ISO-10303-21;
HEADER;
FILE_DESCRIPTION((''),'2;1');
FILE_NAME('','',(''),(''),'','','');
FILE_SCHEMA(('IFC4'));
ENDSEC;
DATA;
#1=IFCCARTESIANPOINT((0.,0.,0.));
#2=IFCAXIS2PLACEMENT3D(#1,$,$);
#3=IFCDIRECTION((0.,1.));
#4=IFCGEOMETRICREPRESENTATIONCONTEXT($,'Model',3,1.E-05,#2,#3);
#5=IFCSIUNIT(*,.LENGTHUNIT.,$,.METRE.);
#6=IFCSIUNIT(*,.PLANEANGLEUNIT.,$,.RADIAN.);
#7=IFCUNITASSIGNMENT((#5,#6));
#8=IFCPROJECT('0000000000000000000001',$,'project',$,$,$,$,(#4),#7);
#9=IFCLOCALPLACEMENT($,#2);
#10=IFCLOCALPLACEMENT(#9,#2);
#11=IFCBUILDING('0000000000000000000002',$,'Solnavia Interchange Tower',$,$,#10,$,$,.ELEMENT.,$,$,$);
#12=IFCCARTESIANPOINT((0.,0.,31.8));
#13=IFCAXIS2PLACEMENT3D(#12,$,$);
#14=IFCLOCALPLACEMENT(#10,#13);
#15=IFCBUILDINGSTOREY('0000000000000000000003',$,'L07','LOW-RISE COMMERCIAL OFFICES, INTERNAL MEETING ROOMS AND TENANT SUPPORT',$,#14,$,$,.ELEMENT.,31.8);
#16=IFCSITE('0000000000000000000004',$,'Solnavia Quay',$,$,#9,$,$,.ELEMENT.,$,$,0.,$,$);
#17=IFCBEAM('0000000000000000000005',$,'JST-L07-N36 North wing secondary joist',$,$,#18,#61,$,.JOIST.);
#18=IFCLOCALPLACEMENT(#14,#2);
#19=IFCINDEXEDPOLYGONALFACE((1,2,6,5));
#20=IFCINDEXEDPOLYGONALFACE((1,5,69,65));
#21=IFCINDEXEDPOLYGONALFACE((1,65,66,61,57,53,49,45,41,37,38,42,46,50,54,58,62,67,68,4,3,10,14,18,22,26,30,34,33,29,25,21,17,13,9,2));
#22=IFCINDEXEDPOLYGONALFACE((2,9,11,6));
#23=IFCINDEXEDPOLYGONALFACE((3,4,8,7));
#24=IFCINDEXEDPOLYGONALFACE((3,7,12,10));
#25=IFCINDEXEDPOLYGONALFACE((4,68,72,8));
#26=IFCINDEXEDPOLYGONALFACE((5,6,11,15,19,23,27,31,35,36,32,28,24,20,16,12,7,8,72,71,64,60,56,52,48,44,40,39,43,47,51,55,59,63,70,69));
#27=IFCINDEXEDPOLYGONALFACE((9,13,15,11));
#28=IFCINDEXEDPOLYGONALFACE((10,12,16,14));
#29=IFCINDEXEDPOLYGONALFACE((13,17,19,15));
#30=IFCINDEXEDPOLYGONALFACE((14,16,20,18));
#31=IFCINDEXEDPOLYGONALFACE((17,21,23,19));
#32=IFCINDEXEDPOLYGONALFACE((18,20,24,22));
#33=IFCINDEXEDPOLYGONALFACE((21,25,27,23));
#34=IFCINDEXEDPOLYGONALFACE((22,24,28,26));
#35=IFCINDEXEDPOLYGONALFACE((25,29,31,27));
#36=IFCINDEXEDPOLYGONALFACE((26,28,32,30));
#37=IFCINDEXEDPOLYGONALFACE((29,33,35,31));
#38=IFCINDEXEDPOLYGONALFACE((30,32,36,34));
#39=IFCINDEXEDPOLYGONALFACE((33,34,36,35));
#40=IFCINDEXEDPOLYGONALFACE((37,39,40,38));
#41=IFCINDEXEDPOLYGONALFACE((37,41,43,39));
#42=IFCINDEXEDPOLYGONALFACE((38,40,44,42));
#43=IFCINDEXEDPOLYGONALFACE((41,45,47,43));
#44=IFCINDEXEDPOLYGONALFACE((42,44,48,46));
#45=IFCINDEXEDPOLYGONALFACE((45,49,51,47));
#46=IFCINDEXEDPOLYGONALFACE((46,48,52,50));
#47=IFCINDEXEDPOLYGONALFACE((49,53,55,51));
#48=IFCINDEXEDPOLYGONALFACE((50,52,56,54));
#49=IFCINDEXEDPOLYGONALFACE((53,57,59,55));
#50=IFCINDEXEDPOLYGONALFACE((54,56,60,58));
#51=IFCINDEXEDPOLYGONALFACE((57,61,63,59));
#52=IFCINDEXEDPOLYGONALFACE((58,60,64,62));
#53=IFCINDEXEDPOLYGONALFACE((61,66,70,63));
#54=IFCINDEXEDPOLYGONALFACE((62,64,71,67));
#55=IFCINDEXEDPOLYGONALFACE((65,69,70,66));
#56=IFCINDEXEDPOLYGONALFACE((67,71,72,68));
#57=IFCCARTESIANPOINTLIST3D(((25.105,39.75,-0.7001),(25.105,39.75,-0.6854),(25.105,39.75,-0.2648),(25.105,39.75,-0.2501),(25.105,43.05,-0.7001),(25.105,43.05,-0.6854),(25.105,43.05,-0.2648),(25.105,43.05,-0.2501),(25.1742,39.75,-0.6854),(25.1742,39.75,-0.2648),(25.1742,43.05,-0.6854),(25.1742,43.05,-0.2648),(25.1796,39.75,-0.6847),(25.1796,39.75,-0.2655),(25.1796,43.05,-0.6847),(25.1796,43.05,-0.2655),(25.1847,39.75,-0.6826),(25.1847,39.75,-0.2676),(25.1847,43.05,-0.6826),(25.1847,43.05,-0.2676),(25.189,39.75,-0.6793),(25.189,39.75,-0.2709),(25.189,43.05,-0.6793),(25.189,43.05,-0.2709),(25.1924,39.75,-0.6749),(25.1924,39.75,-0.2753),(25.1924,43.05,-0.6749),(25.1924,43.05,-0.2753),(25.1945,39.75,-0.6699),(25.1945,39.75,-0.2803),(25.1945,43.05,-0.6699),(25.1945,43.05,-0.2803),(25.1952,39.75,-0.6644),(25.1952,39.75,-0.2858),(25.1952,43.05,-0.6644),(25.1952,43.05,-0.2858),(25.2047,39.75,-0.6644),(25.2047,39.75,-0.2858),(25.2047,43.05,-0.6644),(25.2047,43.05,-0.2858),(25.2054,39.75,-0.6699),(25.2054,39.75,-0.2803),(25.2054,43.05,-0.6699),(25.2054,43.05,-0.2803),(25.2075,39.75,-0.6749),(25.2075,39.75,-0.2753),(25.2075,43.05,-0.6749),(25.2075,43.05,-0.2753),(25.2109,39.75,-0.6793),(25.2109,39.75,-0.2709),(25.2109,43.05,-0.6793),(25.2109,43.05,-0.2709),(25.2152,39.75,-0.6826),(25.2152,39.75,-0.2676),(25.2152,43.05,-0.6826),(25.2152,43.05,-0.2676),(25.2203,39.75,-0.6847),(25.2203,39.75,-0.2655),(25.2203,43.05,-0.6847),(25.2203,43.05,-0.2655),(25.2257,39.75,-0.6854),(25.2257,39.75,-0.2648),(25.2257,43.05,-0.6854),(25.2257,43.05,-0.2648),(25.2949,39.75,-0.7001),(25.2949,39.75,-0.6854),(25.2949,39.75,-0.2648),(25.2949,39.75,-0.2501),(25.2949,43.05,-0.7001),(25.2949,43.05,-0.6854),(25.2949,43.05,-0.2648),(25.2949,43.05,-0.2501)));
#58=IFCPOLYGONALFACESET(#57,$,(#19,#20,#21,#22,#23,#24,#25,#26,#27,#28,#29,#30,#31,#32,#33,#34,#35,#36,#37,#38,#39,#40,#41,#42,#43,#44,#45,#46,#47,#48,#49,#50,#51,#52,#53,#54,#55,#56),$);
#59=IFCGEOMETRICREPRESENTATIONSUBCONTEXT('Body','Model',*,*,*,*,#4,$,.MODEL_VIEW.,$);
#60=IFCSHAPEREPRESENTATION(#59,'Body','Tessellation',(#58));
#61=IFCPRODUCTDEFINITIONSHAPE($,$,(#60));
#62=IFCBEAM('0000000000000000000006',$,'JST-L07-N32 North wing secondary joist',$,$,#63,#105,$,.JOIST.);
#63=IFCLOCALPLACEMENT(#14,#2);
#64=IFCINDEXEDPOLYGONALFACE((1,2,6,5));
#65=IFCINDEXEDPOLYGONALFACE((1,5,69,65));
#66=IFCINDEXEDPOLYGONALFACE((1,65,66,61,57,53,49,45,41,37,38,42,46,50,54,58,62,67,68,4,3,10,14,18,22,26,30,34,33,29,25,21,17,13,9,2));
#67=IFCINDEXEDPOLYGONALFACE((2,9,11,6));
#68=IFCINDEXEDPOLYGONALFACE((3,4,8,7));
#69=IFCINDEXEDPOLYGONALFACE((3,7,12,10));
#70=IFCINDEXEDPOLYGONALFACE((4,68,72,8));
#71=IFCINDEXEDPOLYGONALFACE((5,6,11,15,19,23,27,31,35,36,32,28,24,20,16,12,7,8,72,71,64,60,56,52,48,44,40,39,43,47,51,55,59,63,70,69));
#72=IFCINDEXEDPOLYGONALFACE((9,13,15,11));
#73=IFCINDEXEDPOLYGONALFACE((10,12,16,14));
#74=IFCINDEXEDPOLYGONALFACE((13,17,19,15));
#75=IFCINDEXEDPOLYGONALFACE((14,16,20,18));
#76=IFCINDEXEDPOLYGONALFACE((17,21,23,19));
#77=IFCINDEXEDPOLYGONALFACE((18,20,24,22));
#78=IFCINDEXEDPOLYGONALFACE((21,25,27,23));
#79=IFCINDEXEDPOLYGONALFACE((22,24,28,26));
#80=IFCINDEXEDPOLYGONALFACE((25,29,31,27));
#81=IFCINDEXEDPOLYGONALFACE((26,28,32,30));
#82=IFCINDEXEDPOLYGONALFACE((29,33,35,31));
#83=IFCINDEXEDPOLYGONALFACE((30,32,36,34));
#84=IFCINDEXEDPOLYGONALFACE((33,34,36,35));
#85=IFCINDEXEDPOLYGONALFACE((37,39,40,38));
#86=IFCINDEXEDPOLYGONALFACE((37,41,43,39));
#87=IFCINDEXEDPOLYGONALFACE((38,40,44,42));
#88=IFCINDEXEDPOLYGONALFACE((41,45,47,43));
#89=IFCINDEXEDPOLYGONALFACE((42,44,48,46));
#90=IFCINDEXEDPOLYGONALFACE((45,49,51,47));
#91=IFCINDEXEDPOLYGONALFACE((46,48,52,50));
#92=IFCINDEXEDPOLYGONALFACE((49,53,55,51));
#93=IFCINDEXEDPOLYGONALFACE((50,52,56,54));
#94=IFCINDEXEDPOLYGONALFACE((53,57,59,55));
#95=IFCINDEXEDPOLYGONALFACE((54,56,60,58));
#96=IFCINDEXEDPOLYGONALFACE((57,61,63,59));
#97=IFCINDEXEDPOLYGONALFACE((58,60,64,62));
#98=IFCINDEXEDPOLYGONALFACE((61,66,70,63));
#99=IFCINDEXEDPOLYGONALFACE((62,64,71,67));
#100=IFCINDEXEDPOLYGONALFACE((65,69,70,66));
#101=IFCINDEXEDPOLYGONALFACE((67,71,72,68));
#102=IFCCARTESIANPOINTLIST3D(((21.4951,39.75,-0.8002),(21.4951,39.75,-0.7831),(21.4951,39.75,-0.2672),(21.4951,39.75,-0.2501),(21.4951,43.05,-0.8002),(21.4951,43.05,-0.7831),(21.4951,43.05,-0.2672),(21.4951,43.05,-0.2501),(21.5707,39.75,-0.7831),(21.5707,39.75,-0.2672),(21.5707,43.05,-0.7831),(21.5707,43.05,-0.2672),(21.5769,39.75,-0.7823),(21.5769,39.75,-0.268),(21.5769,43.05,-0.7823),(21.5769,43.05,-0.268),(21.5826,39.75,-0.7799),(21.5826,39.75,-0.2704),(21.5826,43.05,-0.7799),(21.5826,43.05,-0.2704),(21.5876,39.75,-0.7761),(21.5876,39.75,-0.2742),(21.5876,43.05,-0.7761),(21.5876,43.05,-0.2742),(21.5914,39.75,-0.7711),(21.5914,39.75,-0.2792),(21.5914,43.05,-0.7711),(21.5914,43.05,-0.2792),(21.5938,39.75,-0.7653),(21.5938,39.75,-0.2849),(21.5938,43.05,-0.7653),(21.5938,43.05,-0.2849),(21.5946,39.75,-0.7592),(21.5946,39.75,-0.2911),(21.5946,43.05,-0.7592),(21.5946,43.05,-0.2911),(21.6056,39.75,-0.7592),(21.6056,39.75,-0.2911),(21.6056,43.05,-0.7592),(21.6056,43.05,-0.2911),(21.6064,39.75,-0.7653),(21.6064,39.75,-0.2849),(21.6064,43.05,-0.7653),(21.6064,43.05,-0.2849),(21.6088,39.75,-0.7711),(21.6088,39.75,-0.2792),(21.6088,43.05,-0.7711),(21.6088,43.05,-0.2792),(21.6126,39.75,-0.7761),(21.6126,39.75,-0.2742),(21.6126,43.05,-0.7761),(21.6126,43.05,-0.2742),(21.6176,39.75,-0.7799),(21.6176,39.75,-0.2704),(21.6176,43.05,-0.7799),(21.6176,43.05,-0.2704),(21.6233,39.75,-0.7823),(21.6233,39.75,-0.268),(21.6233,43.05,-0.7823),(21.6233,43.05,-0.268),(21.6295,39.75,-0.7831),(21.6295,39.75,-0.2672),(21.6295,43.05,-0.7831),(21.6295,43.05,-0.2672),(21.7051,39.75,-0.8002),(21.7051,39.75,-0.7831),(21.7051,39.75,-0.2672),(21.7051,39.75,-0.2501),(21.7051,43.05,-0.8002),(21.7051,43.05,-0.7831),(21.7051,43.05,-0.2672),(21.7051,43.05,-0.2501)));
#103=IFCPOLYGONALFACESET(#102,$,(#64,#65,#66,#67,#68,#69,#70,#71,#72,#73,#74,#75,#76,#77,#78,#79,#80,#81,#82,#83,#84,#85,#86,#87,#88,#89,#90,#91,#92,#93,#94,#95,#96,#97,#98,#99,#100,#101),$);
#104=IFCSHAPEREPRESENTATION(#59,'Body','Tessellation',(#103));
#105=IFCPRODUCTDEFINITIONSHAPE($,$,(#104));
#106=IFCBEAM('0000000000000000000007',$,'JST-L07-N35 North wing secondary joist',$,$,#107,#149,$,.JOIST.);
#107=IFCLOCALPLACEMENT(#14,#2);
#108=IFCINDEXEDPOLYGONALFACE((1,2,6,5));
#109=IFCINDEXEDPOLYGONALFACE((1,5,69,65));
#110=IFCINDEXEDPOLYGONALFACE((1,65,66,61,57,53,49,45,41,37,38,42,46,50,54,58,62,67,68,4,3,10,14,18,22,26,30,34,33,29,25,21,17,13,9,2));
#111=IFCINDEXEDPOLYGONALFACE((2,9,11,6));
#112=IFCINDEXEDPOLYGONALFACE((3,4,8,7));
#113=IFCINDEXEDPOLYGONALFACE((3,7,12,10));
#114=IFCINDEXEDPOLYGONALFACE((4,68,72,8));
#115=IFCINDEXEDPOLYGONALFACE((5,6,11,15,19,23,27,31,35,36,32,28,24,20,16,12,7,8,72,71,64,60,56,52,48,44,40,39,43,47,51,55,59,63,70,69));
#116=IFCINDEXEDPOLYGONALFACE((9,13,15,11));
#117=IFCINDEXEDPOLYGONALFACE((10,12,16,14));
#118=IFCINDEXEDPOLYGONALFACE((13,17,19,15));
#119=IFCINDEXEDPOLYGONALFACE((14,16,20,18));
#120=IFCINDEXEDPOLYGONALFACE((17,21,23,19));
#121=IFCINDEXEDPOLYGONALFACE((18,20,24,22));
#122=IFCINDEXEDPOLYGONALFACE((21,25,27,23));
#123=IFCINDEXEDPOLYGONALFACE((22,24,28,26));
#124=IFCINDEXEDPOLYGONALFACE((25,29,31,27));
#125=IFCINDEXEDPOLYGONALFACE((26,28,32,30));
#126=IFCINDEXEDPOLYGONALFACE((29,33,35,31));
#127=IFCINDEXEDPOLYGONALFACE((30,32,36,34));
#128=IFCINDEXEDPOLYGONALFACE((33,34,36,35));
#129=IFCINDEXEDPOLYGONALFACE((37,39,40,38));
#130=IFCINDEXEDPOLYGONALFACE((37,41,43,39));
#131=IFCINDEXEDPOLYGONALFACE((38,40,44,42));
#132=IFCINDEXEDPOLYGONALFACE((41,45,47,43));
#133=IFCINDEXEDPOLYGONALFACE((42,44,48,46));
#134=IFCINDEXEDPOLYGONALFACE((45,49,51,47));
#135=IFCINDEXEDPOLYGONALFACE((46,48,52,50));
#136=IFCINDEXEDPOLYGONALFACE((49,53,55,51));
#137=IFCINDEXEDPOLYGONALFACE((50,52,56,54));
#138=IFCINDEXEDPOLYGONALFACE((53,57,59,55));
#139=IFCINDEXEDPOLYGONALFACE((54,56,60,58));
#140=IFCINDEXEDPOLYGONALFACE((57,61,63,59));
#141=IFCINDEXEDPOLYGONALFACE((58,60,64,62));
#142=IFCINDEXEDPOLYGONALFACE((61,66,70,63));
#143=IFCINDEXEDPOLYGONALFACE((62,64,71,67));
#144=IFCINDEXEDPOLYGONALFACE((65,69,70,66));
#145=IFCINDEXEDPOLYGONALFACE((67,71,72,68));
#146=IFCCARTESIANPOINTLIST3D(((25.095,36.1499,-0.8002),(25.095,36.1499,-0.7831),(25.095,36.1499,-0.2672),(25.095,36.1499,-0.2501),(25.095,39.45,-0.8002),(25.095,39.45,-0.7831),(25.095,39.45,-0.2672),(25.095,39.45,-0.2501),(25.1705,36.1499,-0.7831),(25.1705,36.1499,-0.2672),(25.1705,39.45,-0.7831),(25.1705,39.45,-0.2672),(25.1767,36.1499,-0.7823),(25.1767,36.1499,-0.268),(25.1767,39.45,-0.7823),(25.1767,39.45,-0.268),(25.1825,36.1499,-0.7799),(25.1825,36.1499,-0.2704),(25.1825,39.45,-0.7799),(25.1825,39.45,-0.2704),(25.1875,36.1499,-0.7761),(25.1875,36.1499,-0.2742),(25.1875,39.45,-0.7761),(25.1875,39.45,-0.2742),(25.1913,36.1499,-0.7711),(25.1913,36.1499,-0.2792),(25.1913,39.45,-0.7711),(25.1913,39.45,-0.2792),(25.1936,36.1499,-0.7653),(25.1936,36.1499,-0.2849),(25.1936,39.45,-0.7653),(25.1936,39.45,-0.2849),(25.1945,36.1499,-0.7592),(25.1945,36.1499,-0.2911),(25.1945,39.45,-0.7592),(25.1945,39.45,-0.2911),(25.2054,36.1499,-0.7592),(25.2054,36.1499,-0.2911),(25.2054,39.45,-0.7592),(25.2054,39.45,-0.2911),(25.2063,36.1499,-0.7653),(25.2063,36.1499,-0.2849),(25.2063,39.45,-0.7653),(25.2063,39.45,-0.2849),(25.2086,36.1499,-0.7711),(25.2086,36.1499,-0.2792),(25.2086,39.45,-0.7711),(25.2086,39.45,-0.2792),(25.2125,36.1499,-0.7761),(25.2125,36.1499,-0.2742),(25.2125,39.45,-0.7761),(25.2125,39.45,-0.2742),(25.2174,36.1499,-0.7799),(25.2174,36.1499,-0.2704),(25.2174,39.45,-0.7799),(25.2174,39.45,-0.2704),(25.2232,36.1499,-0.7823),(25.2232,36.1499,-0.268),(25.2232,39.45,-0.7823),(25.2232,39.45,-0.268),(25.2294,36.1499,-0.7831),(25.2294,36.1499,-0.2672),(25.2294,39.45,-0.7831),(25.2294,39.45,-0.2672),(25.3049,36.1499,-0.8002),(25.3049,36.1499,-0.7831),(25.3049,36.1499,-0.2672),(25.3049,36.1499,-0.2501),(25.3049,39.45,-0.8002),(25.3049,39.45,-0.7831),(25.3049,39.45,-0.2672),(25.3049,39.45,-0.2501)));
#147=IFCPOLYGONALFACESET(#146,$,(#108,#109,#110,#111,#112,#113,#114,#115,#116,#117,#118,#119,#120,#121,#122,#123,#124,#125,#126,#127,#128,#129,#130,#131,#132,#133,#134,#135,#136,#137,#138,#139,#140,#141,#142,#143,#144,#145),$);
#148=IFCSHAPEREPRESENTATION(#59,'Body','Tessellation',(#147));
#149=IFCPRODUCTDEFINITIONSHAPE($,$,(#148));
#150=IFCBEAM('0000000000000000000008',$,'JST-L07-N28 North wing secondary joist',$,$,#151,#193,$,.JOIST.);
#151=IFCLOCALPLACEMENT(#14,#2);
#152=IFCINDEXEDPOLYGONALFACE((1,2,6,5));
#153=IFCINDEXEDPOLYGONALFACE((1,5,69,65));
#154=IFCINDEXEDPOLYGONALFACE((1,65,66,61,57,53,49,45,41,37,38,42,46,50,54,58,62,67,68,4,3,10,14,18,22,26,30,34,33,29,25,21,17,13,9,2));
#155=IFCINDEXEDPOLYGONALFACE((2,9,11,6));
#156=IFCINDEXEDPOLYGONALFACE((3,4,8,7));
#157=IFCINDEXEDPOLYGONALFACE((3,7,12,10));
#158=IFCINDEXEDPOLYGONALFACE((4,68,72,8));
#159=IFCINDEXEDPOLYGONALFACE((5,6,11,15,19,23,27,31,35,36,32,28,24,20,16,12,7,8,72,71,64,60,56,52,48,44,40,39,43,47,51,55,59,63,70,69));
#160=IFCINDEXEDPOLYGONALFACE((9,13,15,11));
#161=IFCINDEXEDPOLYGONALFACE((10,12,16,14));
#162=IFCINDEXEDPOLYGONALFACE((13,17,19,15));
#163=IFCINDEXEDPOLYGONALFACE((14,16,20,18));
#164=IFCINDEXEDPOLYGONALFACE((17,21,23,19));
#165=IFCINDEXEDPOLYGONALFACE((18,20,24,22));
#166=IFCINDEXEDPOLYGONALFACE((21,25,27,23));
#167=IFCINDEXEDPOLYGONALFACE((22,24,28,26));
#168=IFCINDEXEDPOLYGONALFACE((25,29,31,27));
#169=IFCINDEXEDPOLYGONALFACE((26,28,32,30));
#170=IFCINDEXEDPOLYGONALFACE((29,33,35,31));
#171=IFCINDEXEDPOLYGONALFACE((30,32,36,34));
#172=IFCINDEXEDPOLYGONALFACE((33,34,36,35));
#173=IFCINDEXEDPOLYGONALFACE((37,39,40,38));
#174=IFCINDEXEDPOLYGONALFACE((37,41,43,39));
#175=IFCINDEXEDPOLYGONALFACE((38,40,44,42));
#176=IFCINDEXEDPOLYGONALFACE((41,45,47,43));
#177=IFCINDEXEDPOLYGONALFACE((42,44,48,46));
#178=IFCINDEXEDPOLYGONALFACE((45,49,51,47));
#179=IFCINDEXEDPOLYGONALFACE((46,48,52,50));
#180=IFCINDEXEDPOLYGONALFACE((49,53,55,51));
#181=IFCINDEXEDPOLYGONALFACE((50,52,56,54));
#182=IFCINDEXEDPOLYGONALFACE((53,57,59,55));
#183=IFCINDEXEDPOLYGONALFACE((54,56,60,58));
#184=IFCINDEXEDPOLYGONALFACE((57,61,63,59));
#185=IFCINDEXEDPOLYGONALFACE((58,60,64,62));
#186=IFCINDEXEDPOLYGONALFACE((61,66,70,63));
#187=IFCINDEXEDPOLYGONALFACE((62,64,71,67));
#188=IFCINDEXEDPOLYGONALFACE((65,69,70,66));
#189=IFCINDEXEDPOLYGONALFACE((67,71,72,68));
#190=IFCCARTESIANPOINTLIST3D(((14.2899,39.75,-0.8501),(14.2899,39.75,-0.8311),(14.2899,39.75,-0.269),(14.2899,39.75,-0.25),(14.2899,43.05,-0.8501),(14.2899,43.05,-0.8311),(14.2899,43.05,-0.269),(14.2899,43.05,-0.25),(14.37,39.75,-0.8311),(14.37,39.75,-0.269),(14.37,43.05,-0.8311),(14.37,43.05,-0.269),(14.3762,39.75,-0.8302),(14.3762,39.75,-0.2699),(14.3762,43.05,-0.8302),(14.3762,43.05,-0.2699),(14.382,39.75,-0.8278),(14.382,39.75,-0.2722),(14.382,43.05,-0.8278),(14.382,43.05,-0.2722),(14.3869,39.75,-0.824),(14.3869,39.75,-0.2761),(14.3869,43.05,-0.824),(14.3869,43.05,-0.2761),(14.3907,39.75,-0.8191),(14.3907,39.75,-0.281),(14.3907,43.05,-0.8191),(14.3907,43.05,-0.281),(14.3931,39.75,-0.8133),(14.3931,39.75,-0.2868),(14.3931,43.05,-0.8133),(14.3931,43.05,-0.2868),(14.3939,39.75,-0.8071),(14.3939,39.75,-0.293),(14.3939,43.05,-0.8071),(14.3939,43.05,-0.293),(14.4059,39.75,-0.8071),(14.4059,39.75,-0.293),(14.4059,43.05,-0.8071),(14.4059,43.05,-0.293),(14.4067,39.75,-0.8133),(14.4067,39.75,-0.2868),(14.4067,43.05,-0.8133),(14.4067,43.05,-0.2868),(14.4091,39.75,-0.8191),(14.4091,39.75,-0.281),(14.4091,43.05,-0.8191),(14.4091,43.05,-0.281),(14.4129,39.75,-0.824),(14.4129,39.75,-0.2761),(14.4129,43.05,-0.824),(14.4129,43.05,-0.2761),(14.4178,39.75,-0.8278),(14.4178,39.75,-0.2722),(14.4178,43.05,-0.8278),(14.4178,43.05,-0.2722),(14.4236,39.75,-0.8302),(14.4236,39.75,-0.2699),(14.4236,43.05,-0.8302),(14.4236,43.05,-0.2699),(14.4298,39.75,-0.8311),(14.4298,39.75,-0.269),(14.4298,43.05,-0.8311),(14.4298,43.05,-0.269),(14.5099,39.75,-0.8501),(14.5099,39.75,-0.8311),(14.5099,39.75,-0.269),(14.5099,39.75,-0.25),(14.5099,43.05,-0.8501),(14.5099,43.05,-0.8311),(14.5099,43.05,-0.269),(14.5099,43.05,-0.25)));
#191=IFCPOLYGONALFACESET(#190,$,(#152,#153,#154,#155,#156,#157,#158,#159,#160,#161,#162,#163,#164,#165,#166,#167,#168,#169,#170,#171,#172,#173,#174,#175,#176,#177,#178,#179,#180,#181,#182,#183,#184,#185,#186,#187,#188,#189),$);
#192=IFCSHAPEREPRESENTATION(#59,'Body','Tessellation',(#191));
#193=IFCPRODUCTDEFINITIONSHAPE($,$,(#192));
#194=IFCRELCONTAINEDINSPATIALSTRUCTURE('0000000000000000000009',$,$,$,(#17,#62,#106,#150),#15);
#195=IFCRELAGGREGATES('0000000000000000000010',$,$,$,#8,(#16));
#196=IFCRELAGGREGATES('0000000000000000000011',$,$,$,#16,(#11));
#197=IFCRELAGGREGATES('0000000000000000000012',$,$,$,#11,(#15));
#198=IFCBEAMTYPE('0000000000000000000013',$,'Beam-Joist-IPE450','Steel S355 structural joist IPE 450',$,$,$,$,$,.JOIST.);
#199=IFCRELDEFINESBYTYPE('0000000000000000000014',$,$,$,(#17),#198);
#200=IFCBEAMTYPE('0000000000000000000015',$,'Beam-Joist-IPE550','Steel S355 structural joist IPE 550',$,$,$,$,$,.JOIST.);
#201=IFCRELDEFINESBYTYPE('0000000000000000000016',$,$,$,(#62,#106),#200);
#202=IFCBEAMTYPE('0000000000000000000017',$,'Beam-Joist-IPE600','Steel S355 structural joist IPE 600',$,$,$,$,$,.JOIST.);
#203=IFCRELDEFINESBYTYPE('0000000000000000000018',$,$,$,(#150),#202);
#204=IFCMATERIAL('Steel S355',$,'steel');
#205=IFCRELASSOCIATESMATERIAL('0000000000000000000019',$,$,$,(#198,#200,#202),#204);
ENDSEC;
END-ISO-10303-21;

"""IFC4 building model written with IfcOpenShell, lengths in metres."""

from ifc_helpers import new_model, si_unit, direction, frame, origin, origin_2d, place, context, subcontext, project, spatial, i_section, extrude, material, material_profile, profile_set, type_object, element, save


model = new_model("IFC4")

# Units and contexts
model_context = context("Model", 3, precision=1e-05, world=origin(), true_north=direction((0.0, 1.0)))
body_context = subcontext(model_context, "Body", "Model", "MODEL_VIEW")
ifc_project = project(units=[si_unit("LENGTHUNIT", "METRE"), si_unit("PLANEANGLEUNIT", "RADIAN")], contexts=[model_context])

# Site, building, storey
site_placement = place(None, origin())
site = spatial("IfcSite", under=ifc_project, at=site_placement, Name="Solnavia Quay", CompositionType="ELEMENT", RefElevation=0.0)
building_placement = place(site_placement, origin())
building = spatial("IfcBuilding", under=site, at=building_placement, Name="Solnavia Interchange Tower", CompositionType="ELEMENT")
storey_placement = place(building_placement, frame((0.0, 0.0, 31.8)))
storey = spatial("IfcBuildingStorey", under=building, at=storey_placement, Name="L07", Description="LOW-RISE COMMERCIAL OFFICES, INTERNAL MEETING ROOMS AND TENANT SUPPORT", CompositionType="ELEMENT", Elevation=31.8)

# Shared definitions
ifc_material_1 = material(Name="Steel S355", Category="steel")

# Beams
ifc_material_profile_1 = material_profile(ifc_material_1, i_section(OverallWidth=0.1899, OverallDepth=0.45, WebThickness=0.0095, FlangeThickness=0.0146, FilletRadius=0.021, at=origin_2d()), Name="IPE 450")
ifc_profile_set_1 = profile_set([ifc_material_profile_1], Name="Steel S355")
beam_type_1 = type_object("IfcBeamType", Name="Beam-Joist-IPE450", Description="Steel S355 structural joist IPE 450", PredefinedType="JOIST", material=ifc_profile_set_1)
beam_1_placement = place(storey_placement, frame((25.2, 39.75, -0.4751), z_axis=(0.0, 1.0, 0.0), x_axis=(-1.0, 0.0, 0.0)))
element("IfcBeam", 1, at=beam_1_placement, inside=storey, type_object=beam_type_1, Name="JST-L07-N36 North wing secondary joist", PredefinedType="JOIST", context=body_context, shape_type="SweptSolid", body=[
    extrude(i_section(OverallWidth=0.1899, OverallDepth=0.45, WebThickness=0.0095, FlangeThickness=0.0146, FilletRadius=0.021, at=origin_2d()), origin(), (0.0, 0.0, 1.0), 3.3),
])
ifc_material_profile_2 = material_profile(ifc_material_1, i_section(OverallWidth=0.21, OverallDepth=0.55, WebThickness=0.011, FlangeThickness=0.0171, FilletRadius=0.0239, at=origin_2d()), Name="IPE 550")
ifc_profile_set_2 = profile_set([ifc_material_profile_2], Name="Steel S355")
beam_type_2 = type_object("IfcBeamType", Name="Beam-Joist-IPE550", Description="Steel S355 structural joist IPE 550", PredefinedType="JOIST", material=ifc_profile_set_2)
for number, where, z_axis, x_axis, name in (
    (2, (21.6001, 39.75, -0.5251), (0.0, 1.0, 0.0), (-1.0, 0.0, 0.0), "JST-L07-N32 North wing secondary joist"),
    (3, (25.2, 36.1499, -0.5251), (0.0, 1.0, 0.0), (-1.0, 0.0, 0.0), "JST-L07-N35 North wing secondary joist"),
):
    element("IfcBeam", number, at=place(storey_placement, frame(where, z_axis=z_axis, x_axis=x_axis)), inside=storey, type_object=beam_type_2, Name=name, PredefinedType="JOIST", context=body_context, shape_type="SweptSolid", body=[
        extrude(i_section(OverallWidth=0.21, OverallDepth=0.55, WebThickness=0.011, FlangeThickness=0.0171, FilletRadius=0.0239, at=origin_2d()), origin(), (0.0, 0.0, 1.0), 3.3),
    ])
ifc_material_profile_3 = material_profile(ifc_material_1, i_section(OverallWidth=0.22, OverallDepth=0.6001, WebThickness=0.012, FlangeThickness=0.019, FilletRadius=0.0239, at=origin_2d()), Name="IPE 600")
ifc_profile_set_3 = profile_set([ifc_material_profile_3], Name="Steel S355")
beam_type_3 = type_object("IfcBeamType", Name="Beam-Joist-IPE600", Description="Steel S355 structural joist IPE 600", PredefinedType="JOIST", material=ifc_profile_set_3)
for number, where, z_axis, x_axis, name in (
    (4, (14.3999, 39.75, -0.55), (0.0, 1.0, 0.0), (-1.0, 0.0, 0.0), "JST-L07-N28 North wing secondary joist"),
):
    element("IfcBeam", number, at=place(storey_placement, frame(where, z_axis=z_axis, x_axis=x_axis)), inside=storey, type_object=beam_type_3, Name=name, PredefinedType="JOIST", context=body_context, shape_type="SweptSolid", body=[
        extrude(i_section(OverallWidth=0.22, OverallDepth=0.6001, WebThickness=0.012, FlangeThickness=0.019, FilletRadius=0.0239, at=origin_2d()), origin(), (0.0, 0.0, 1.0), 3.3),
    ])

save(model, "model.ifc")
